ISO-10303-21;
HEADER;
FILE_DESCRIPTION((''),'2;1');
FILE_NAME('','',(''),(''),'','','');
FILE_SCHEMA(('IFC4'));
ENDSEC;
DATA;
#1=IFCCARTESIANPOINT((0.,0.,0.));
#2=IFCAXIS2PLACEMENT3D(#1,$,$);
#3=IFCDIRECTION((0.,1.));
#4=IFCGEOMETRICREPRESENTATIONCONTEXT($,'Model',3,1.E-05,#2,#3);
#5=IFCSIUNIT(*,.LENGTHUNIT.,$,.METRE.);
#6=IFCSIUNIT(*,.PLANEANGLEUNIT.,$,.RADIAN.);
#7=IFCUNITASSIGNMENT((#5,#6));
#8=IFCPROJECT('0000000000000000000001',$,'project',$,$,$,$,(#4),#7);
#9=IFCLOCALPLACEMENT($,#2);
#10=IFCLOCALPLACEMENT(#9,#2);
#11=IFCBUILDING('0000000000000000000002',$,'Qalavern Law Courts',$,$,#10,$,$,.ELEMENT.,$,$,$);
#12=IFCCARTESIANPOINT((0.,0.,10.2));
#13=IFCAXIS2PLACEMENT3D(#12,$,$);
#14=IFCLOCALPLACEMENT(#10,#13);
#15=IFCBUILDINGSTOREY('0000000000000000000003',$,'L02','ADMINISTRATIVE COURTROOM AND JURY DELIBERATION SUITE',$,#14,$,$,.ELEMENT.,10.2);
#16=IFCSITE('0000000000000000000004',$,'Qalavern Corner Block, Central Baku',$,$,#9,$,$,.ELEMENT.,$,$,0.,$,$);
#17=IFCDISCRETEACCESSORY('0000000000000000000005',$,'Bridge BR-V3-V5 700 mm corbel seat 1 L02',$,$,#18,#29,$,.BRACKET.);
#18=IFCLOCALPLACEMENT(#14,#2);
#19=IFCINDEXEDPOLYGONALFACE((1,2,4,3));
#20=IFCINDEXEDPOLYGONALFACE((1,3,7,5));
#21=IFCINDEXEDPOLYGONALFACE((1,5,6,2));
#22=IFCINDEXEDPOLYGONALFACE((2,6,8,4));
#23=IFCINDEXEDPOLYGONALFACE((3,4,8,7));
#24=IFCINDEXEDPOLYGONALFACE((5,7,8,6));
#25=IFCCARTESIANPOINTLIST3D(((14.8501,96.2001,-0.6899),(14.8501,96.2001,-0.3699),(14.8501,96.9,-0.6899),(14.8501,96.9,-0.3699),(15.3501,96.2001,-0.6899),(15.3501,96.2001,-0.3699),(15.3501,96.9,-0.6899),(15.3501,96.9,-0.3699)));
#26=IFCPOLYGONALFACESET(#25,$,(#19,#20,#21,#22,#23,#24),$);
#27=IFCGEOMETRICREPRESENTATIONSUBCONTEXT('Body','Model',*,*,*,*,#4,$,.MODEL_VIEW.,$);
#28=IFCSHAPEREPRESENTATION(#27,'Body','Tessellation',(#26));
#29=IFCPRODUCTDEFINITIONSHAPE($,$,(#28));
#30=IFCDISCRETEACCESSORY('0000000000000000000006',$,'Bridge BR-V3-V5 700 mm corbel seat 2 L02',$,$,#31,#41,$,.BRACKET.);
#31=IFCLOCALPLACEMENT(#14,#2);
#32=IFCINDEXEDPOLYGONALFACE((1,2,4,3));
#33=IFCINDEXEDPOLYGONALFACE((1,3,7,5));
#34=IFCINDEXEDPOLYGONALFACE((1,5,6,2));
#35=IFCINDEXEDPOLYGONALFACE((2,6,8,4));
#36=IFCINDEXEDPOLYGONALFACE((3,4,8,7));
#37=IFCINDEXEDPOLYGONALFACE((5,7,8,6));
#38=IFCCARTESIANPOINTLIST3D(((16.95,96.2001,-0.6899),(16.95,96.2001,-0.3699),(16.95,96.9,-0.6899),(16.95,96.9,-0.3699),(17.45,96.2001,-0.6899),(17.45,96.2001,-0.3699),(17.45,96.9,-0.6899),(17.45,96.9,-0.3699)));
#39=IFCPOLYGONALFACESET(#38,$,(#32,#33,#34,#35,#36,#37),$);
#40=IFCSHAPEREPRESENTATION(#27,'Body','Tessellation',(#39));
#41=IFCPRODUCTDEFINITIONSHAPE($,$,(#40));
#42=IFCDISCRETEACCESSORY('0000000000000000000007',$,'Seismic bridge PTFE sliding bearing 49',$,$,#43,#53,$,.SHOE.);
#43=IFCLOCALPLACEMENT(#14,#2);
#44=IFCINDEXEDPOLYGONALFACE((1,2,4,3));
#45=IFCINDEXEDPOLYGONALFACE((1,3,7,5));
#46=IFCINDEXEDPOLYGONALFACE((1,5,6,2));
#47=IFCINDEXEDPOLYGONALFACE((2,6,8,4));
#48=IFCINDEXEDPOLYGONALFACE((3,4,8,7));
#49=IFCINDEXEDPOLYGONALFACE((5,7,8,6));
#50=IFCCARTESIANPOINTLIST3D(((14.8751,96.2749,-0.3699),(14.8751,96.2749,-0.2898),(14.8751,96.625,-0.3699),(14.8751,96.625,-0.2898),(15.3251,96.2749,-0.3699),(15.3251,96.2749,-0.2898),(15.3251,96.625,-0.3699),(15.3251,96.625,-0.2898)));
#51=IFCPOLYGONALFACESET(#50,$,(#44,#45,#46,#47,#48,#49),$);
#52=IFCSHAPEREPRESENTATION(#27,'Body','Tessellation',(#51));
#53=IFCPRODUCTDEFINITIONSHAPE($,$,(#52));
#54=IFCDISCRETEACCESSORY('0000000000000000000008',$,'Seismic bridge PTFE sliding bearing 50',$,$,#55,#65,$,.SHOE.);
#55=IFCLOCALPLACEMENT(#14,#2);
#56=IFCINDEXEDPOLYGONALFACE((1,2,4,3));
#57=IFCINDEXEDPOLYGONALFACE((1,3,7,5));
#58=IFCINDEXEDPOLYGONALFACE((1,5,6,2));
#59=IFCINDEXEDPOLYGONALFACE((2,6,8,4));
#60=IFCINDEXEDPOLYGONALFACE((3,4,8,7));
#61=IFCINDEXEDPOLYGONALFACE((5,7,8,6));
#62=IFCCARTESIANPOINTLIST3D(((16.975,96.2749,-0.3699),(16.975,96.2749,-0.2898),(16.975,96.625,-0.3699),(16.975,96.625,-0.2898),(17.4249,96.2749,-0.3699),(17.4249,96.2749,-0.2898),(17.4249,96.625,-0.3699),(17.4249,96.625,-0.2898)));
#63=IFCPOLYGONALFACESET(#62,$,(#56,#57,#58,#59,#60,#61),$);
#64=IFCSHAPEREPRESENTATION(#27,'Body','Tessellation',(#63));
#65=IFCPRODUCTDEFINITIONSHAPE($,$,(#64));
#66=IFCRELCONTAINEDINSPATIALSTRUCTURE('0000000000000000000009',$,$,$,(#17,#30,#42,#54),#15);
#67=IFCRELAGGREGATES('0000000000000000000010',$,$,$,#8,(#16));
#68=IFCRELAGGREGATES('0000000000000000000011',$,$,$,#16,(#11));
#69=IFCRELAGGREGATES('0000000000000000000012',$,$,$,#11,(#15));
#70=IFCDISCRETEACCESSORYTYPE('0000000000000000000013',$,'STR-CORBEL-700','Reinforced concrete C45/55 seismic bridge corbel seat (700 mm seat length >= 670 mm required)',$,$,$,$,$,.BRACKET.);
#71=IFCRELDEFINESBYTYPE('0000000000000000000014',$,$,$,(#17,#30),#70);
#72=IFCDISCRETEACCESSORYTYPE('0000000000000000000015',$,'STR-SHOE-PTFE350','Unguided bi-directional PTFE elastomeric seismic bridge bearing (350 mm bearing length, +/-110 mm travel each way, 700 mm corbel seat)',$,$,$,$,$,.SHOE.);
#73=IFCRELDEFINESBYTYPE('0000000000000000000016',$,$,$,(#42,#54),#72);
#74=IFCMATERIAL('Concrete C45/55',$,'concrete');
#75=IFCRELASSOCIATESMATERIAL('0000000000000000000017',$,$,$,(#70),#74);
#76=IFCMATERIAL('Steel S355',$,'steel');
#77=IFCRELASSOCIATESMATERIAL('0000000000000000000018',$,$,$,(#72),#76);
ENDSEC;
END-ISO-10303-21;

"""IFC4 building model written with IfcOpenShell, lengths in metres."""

from ifc_helpers import new_model, si_unit, direction, frame, origin, origin_2d, place, context, subcontext, project, spatial, rectangle, extrude, material, type_object, element, save


model = new_model("IFC4")

# Units and contexts
model_context = context("Model", 3, precision=1e-05, world=origin(), true_north=direction((0.0, 1.0)))
body_context = subcontext(model_context, "Body", "Model", "MODEL_VIEW")
ifc_project = project(units=[si_unit("LENGTHUNIT", "METRE"), si_unit("PLANEANGLEUNIT", "RADIAN")], contexts=[model_context])

# Site, building, storey
site_placement = place(None, origin())
site = spatial("IfcSite", under=ifc_project, at=site_placement, Name="Qalavern Corner Block, Central Baku", CompositionType="ELEMENT", RefElevation=0.0)
building_placement = place(site_placement, origin())
building = spatial("IfcBuilding", under=site, at=building_placement, Name="Qalavern Law Courts", CompositionType="ELEMENT")
storey_placement = place(building_placement, frame((0.0, 0.0, 10.2)))
storey = spatial("IfcBuildingStorey", under=building, at=storey_placement, Name="L02", Description="ADMINISTRATIVE COURTROOM AND JURY DELIBERATION SUITE", CompositionType="ELEMENT", Elevation=10.2)

# Shared definitions
ifc_material_1 = material(Name="Concrete C45/55", Category="concrete")

# Shared definitions
ifc_material_2 = material(Name="Steel S355", Category="steel")

# Discrete accessories
discrete_accessory_type_1 = type_object("IfcDiscreteAccessoryType", Name="STR-CORBEL-700", Description="Reinforced concrete C45/55 seismic bridge corbel seat (700 mm seat length >= 670 mm required)", PredefinedType="BRACKET", material=ifc_material_1)
for number, where, z_axis, x_axis, name in (
    (1, (15.1001, 96.55, -0.6899), (0.0, 0.0, 1.0), (1.0, 0.0, 0.0), "Bridge BR-V3-V5 700 mm corbel seat 1 L02"),
    (2, (17.2, 96.55, -0.6899), (0.0, 0.0, 1.0), (1.0, 0.0, 0.0), "Bridge BR-V3-V5 700 mm corbel seat 2 L02"),
):
    element("IfcDiscreteAccessory", number, at=place(storey_placement, frame(where, z_axis=z_axis, x_axis=x_axis)), inside=storey, type_object=discrete_accessory_type_1, Name=name, PredefinedType="BRACKET", context=body_context, shape_type="SweptSolid", body=[
        extrude(rectangle(XDim=0.5, YDim=0.7, at=origin_2d()), origin(), (0.0, 0.0, 1.0), 0.3201),
    ])
discrete_accessory_type_2 = type_object("IfcDiscreteAccessoryType", Name="STR-SHOE-PTFE350", Description="Unguided bi-directional PTFE elastomeric seismic bridge bearing (350 mm bearing length, +/-110 mm travel each way, 700 mm corbel seat)", PredefinedType="SHOE", material=ifc_material_2)
for number, where, z_axis, x_axis, name in (
    (3, (15.1001, 96.45, -0.3699), (0.0, 0.0, 1.0), (1.0, 0.0, 0.0), "Seismic bridge PTFE sliding bearing 49"),
    (4, (17.2, 96.45, -0.3699), (0.0, 0.0, 1.0), (1.0, 0.0, 0.0), "Seismic bridge PTFE sliding bearing 50"),
):
    element("IfcDiscreteAccessory", number, at=place(storey_placement, frame(where, z_axis=z_axis, x_axis=x_axis)), inside=storey, type_object=discrete_accessory_type_2, Name=name, PredefinedType="SHOE", context=body_context, shape_type="SweptSolid", body=[
        extrude(rectangle(XDim=0.45, YDim=0.3501, at=origin_2d()), origin(), (0.0, 0.0, 1.0), 0.0801),
    ])

save(model, "model.ifc")
